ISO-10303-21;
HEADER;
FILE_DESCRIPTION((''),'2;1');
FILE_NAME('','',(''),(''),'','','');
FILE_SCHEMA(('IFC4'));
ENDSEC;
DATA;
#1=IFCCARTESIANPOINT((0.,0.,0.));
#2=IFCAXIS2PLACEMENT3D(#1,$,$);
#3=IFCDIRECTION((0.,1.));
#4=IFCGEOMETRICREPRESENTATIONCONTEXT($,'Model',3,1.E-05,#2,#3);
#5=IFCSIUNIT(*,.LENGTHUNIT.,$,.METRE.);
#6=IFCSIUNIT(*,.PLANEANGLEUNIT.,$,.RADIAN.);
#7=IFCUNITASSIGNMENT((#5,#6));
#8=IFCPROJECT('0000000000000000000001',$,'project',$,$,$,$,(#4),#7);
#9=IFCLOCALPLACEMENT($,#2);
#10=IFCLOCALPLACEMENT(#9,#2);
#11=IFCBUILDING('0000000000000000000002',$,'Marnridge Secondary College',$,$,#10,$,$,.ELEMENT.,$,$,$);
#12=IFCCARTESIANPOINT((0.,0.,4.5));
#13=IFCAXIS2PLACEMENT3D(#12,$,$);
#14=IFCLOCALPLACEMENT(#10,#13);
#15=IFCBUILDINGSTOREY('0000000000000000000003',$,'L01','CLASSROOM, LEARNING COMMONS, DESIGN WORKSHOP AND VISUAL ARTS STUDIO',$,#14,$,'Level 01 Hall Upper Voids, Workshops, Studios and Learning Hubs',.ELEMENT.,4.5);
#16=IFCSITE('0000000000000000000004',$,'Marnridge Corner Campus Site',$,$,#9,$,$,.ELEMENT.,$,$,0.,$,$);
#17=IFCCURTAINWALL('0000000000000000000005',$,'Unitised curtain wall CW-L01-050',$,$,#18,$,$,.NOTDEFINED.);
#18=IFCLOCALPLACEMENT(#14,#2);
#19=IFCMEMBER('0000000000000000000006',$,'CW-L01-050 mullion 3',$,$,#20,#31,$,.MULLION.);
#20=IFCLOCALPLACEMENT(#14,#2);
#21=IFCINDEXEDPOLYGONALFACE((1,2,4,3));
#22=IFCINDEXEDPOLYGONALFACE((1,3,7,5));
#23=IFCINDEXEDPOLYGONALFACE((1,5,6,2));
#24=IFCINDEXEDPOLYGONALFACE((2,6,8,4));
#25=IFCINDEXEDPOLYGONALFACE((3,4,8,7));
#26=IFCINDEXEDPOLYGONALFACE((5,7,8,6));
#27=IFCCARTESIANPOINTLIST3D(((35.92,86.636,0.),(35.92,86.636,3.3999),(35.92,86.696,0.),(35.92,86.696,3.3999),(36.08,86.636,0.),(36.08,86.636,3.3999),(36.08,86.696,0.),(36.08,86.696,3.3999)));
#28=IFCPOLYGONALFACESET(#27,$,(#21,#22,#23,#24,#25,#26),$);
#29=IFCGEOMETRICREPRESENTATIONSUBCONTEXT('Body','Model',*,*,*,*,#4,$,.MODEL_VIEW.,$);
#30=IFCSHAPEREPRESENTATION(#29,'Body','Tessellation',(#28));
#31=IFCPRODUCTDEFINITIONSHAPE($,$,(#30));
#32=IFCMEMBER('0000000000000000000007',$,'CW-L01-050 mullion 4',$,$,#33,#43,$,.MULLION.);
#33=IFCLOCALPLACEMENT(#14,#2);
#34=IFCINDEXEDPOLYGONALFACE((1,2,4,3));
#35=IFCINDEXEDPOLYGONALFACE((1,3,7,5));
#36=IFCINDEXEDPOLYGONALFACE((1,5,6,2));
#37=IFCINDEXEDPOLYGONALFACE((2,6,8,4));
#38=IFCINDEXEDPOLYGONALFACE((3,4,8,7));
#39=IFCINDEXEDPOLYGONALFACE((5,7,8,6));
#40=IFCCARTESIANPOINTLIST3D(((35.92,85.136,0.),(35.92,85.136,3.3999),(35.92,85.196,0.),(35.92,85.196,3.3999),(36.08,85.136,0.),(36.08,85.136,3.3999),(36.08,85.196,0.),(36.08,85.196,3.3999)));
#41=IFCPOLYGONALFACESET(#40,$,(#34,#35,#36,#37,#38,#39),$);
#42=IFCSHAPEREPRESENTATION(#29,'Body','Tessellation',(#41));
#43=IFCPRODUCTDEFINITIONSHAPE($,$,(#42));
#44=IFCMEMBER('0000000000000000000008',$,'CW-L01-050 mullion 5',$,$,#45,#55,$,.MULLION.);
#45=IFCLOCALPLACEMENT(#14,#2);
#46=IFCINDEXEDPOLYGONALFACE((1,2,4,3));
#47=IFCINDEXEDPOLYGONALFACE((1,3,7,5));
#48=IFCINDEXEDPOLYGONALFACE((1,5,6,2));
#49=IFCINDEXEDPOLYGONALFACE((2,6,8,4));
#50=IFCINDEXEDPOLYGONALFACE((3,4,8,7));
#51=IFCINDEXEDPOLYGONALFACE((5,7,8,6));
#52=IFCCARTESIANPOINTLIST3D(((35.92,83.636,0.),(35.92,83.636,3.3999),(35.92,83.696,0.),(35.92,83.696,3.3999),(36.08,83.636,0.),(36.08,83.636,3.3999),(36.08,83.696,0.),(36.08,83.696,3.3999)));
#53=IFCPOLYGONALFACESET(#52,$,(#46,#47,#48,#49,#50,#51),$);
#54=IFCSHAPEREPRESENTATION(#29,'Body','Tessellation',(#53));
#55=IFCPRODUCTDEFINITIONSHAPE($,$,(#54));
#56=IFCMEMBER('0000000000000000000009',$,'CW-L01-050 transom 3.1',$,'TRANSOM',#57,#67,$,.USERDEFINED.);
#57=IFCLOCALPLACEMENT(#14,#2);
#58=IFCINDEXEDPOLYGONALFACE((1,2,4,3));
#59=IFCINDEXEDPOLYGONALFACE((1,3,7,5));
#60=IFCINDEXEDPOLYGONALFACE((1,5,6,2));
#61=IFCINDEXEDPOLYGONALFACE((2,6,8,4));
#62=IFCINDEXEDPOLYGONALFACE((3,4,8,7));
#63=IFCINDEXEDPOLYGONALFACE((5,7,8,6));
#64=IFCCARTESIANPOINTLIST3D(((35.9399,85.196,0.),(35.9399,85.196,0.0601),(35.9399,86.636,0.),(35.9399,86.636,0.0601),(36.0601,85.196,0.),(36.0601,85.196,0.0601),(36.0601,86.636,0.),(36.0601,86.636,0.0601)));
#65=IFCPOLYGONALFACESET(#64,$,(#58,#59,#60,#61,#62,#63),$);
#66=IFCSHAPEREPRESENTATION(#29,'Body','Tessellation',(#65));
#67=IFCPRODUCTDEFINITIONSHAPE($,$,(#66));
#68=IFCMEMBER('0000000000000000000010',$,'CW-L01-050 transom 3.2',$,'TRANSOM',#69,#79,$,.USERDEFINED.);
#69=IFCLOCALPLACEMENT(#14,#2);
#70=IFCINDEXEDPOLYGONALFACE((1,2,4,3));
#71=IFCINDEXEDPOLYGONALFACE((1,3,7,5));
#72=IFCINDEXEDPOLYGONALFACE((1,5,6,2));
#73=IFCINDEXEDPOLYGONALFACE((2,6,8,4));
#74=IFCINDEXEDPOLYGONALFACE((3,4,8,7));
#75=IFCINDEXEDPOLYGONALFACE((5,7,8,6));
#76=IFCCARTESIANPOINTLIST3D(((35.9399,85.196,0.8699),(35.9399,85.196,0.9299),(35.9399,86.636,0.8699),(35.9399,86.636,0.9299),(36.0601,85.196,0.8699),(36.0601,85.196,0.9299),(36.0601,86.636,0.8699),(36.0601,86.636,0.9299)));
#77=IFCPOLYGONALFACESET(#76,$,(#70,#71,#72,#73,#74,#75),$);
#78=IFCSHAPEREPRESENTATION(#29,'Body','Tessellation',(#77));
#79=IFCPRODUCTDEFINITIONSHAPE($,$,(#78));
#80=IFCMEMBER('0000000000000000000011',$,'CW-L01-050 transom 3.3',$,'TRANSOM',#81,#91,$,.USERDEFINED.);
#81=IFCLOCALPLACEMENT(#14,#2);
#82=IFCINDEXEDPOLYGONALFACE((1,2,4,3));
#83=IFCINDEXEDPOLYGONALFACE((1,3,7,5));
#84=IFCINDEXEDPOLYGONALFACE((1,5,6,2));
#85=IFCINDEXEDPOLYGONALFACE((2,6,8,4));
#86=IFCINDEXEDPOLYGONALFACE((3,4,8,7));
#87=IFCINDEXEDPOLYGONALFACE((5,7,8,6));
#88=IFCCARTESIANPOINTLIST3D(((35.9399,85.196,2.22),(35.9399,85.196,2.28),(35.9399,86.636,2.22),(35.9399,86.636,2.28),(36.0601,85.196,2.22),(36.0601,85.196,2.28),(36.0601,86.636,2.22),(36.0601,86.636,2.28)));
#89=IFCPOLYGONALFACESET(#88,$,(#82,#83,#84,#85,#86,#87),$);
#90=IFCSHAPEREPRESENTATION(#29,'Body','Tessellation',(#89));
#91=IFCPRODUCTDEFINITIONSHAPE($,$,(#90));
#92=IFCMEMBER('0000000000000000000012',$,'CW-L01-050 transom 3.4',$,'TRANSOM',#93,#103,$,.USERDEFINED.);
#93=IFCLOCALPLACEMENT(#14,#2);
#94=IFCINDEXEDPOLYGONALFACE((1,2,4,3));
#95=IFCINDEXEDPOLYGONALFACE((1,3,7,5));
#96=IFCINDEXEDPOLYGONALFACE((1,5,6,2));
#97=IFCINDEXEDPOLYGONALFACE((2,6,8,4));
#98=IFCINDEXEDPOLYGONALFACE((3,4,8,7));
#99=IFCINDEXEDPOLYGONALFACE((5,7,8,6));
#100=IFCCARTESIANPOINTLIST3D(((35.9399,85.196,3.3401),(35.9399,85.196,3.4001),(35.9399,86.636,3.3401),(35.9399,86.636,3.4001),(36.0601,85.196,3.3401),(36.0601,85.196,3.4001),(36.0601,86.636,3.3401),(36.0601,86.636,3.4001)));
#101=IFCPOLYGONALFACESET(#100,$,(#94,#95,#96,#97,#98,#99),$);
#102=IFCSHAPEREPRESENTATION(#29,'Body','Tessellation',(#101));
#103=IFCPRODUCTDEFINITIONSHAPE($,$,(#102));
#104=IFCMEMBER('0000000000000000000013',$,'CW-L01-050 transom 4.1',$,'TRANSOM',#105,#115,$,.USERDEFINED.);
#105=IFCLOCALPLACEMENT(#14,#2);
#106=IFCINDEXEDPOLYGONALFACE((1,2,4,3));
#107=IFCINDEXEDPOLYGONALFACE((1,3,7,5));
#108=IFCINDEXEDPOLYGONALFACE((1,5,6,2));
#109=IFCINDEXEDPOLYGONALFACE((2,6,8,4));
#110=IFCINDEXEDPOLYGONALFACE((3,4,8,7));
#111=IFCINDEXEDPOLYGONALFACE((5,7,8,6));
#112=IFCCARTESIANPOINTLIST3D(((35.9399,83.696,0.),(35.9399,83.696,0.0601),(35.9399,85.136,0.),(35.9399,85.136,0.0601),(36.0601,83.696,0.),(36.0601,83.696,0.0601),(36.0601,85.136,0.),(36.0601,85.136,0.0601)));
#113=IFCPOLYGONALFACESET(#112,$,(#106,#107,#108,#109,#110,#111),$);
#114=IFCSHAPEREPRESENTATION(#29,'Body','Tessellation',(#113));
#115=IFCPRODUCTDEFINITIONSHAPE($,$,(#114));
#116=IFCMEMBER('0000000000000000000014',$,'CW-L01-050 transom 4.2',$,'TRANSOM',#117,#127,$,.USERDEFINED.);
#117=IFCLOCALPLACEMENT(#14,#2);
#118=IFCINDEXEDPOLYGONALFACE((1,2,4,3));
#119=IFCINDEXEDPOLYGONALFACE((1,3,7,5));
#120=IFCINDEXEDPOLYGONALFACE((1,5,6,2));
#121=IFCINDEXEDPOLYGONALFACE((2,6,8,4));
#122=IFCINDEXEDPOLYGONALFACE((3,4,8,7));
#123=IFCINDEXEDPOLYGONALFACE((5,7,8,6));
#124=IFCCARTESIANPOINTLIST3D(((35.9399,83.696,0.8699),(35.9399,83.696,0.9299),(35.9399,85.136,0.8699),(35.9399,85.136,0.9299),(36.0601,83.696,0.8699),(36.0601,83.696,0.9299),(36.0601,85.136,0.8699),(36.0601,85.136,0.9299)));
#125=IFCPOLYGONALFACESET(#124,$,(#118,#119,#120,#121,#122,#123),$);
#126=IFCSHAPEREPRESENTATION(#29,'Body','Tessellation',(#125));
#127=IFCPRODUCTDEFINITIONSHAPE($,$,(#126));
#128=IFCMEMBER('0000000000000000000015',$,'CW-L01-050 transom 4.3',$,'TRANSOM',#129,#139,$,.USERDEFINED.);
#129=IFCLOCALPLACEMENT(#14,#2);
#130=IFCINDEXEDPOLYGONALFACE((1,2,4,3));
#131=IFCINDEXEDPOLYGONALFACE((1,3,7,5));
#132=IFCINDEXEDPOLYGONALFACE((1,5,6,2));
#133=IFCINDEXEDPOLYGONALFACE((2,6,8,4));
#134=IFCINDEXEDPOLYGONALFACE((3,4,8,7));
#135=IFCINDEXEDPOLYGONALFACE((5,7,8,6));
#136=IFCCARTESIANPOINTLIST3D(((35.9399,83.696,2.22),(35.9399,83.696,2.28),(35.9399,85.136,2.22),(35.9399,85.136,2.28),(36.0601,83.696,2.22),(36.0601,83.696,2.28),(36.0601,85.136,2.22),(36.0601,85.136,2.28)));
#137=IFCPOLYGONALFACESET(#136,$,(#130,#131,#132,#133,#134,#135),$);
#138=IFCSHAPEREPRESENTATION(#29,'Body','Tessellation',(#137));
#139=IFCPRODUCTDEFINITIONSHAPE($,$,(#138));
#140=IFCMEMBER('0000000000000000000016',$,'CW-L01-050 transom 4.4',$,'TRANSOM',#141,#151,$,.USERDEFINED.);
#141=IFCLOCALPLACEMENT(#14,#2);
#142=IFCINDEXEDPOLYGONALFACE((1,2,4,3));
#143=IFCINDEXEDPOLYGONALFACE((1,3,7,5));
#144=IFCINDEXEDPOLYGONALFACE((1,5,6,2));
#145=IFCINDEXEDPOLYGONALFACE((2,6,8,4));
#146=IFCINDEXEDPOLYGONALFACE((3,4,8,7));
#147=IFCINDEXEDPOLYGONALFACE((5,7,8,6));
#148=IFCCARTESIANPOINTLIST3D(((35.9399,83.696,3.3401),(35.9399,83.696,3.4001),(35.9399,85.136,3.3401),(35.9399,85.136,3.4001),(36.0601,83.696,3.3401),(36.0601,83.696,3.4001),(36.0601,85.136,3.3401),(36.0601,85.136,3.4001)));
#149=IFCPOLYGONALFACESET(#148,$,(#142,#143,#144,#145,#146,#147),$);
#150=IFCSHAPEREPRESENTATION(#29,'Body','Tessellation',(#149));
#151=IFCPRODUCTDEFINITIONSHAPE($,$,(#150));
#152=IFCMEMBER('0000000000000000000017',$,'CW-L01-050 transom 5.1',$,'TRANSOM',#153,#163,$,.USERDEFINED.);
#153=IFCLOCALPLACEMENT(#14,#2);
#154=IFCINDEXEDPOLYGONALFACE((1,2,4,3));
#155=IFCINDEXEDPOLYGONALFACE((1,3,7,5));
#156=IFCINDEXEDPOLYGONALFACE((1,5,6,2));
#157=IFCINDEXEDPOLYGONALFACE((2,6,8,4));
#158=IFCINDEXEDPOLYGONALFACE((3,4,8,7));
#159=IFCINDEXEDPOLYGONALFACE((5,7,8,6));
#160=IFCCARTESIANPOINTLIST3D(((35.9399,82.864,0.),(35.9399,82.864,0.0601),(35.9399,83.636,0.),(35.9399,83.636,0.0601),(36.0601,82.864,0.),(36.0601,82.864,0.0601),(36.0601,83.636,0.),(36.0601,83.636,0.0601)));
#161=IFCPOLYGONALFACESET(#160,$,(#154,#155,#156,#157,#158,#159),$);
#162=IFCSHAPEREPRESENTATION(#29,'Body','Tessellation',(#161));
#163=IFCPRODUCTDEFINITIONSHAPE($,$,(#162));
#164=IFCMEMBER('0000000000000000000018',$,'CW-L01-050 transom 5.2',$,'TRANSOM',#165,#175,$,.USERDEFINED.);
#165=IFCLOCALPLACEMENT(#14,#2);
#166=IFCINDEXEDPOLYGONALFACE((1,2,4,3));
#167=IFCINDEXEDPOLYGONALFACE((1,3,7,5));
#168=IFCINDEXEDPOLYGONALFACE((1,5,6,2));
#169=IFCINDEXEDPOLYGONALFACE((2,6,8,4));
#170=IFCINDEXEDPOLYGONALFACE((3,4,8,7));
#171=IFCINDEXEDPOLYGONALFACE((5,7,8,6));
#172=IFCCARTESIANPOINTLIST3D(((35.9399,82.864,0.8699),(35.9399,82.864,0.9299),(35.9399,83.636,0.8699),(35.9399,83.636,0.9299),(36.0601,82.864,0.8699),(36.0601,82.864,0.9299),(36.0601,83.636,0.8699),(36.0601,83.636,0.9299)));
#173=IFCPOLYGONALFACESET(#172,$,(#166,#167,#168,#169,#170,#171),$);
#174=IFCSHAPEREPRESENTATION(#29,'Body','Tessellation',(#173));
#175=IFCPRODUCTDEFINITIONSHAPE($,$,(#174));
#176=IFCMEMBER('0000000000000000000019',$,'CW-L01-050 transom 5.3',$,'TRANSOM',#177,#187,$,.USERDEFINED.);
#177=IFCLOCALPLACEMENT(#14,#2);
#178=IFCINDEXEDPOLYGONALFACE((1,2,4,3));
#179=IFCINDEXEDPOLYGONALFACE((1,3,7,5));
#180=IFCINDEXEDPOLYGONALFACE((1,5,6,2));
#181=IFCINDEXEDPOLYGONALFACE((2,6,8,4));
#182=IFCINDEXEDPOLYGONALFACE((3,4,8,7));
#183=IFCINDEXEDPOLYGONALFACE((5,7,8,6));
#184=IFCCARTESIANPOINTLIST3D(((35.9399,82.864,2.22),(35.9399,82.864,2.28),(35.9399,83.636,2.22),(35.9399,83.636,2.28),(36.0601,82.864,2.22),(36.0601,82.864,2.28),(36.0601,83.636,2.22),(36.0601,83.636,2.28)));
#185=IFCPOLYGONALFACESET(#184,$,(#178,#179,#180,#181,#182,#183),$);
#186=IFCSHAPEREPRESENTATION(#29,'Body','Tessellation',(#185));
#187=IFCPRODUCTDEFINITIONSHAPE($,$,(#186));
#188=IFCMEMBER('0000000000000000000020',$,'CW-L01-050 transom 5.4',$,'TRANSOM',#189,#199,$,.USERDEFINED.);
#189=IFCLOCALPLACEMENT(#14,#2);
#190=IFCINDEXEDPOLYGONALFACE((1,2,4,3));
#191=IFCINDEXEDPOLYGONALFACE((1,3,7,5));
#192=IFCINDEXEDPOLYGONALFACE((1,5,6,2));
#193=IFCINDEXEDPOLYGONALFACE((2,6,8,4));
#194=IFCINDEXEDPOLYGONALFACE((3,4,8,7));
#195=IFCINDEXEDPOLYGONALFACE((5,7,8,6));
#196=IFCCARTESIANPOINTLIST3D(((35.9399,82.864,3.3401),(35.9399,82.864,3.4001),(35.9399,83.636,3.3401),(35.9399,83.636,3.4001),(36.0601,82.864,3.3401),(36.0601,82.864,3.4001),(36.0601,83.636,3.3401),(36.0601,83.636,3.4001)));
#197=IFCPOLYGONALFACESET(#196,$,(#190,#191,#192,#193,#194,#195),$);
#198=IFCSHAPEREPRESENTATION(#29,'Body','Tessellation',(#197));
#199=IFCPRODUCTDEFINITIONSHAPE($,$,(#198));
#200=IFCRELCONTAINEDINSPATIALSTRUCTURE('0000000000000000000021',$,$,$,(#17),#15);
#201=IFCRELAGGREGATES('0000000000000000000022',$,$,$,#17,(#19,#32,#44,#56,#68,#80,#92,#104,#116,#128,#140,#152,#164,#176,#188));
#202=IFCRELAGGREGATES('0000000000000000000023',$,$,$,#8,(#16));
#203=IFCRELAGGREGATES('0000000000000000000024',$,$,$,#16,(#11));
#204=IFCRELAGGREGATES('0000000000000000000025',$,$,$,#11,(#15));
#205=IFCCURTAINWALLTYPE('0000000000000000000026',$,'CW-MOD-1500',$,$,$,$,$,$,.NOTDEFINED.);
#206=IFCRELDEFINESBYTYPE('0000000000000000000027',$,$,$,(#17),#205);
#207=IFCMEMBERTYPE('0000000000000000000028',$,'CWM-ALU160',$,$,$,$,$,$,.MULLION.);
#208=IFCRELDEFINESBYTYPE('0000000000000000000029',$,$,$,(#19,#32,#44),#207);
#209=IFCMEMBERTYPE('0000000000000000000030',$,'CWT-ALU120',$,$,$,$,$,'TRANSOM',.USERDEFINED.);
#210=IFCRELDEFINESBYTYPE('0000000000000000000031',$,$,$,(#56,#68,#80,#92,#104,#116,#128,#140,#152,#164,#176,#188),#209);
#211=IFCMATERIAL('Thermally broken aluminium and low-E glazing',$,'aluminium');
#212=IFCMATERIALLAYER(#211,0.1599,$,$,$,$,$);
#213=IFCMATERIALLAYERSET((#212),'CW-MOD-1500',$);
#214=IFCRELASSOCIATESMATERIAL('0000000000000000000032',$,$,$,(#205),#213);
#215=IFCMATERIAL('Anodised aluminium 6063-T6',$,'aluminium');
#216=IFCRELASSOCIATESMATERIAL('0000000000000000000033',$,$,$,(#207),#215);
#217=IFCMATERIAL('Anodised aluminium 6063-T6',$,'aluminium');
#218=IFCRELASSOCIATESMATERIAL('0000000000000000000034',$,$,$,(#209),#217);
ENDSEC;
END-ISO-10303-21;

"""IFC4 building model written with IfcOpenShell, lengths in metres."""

from ifc_helpers import new_model, si_unit, direction, frame, origin, origin_2d, place, context, subcontext, project, spatial, rectangle, extrude, material, layer, layer_set, material_profile, profile_set, type_object, element, aggregate, save


model = new_model("IFC4")

# Units and contexts
model_context = context("Model", 3, precision=1e-05, world=origin(), true_north=direction((0.0, 1.0)))
body_context = subcontext(model_context, "Body", "Model", "MODEL_VIEW")
ifc_project = project(units=[si_unit("LENGTHUNIT", "METRE"), si_unit("PLANEANGLEUNIT", "RADIAN")], contexts=[model_context])

# Site, building, storey
site_placement = place(None, origin())
site = spatial("IfcSite", under=ifc_project, at=site_placement, Name="Marnridge Corner Campus Site", CompositionType="ELEMENT", RefElevation=0.0)
building_placement = place(site_placement, origin())
building = spatial("IfcBuilding", under=site, at=building_placement, Name="Marnridge Secondary College", CompositionType="ELEMENT")
storey_placement = place(building_placement, frame((0.0, 0.0, 4.5)))
storey = spatial("IfcBuildingStorey", under=building, at=storey_placement, Name="L01", Description="CLASSROOM, LEARNING COMMONS, DESIGN WORKSHOP AND VISUAL ARTS STUDIO", LongName="Level 01 Hall Upper Voids, Workshops, Studios and Learning Hubs", CompositionType="ELEMENT", Elevation=4.5)

# Curtain wall, members
ifc_material_1 = material(Name="Thermally broken aluminium and low-E glazing", Category="aluminium")
ifc_layer_1 = layer(ifc_material_1, 0.1599)
ifc_layer_set_1 = layer_set([ifc_layer_1], Name="CW-MOD-1500")
curtain_wall_type = type_object("IfcCurtainWallType", Name="CW-MOD-1500", PredefinedType="NOTDEFINED", material=ifc_layer_set_1)
curtain_wall_placement = place(storey_placement, origin())
curtain_wall = element("IfcCurtainWall", 1, at=curtain_wall_placement, inside=storey, type_object=curtain_wall_type, Name="Unitised curtain wall CW-L01-050", PredefinedType="NOTDEFINED")
ifc_material_2 = material(Name="Anodised aluminium 6063-T6", Category="aluminium")
ifc_material_profile_1 = material_profile(ifc_material_2, rectangle(XDim=0.0601, YDim=0.1599, at=origin_2d()), Name="ALU 60x160")
ifc_profile_set_1 = profile_set([ifc_material_profile_1], Name="Anodised aluminium 6063-T6")
member_type_1 = type_object("IfcMemberType", Name="CWM-ALU160", PredefinedType="MULLION", material=ifc_profile_set_1)
member_1_placement = place(storey_placement, frame((36.0, 86.666, 0.0), z_axis=(0.0, 0.0, 1.0), x_axis=(0.0, -1.0, 0.0)))
member_1 = element("IfcMember", 2, at=member_1_placement, type_object=member_type_1, Name="CW-L01-050 mullion 3", PredefinedType="MULLION", context=body_context, shape_type="SweptSolid", body=[
    extrude(rectangle(XDim=0.0601, YDim=0.1599, at=origin_2d()), origin(), (0.0, 0.0, 1.0), 3.3999),
])
member_2_placement = place(storey_placement, frame((36.0, 85.166, 0.0), z_axis=(0.0, 0.0, 1.0), x_axis=(0.0, -1.0, 0.0)))
member_2 = element("IfcMember", 3, at=member_2_placement, type_object=member_type_1, Name="CW-L01-050 mullion 4", PredefinedType="MULLION", context=body_context, shape_type="SweptSolid", body=[
    extrude(rectangle(XDim=0.0601, YDim=0.1599, at=origin_2d()), origin(), (0.0, 0.0, 1.0), 3.3999),
])
member_3_placement = place(storey_placement, frame((36.0, 83.666, 0.0), z_axis=(0.0, 0.0, 1.0), x_axis=(0.0, -1.0, 0.0)))
member_3 = element("IfcMember", 4, at=member_3_placement, type_object=member_type_1, Name="CW-L01-050 mullion 5", PredefinedType="MULLION", context=body_context, shape_type="SweptSolid", body=[
    extrude(rectangle(XDim=0.0601, YDim=0.1599, at=origin_2d()), origin(), (0.0, 0.0, 1.0), 3.3999),
])
ifc_material_3 = material(Name="Anodised aluminium 6063-T6", Category="aluminium")
ifc_material_profile_2 = material_profile(ifc_material_3, rectangle(XDim=0.0601, YDim=0.1201, at=origin_2d()), Name="ALU 60x120")
ifc_profile_set_2 = profile_set([ifc_material_profile_2], Name="Anodised aluminium 6063-T6")
member_type_2 = type_object("IfcMemberType", Name="CWT-ALU120", ElementType="TRANSOM", PredefinedType="USERDEFINED", material=ifc_profile_set_2)
member_4_placement = place(storey_placement, frame((36.0, 86.636, 0.03), z_axis=(0.0, -1.0, 0.0), x_axis=(0.0, 0.0, 1.0)))
member_4 = element("IfcMember", 5, at=member_4_placement, type_object=member_type_2, Name="CW-L01-050 transom 3.1", ObjectType="TRANSOM", PredefinedType="USERDEFINED", context=body_context, shape_type="SweptSolid", body=[
    extrude(rectangle(XDim=0.0601, YDim=0.1201, at=origin_2d()), origin(), (0.0, 0.0, 1.0), 1.4399),
])
member_5_placement = place(storey_placement, frame((36.0, 86.636, 0.8999), z_axis=(0.0, -1.0, 0.0), x_axis=(0.0, 0.0, 1.0)))
member_5 = element("IfcMember", 6, at=member_5_placement, type_object=member_type_2, Name="CW-L01-050 transom 3.2", ObjectType="TRANSOM", PredefinedType="USERDEFINED", context=body_context, shape_type="SweptSolid", body=[
    extrude(rectangle(XDim=0.0601, YDim=0.1201, at=origin_2d()), origin(), (0.0, 0.0, 1.0), 1.4399),
])
member_6_placement = place(storey_placement, frame((36.0, 86.636, 2.25), z_axis=(0.0, -1.0, 0.0), x_axis=(0.0, 0.0, 1.0)))
member_6 = element("IfcMember", 7, at=member_6_placement, type_object=member_type_2, Name="CW-L01-050 transom 3.3", ObjectType="TRANSOM", PredefinedType="USERDEFINED", context=body_context, shape_type="SweptSolid", body=[
    extrude(rectangle(XDim=0.0601, YDim=0.1201, at=origin_2d()), origin(), (0.0, 0.0, 1.0), 1.4399),
])
member_7_placement = place(storey_placement, frame((36.0, 86.636, 3.3701), z_axis=(0.0, -1.0, 0.0), x_axis=(0.0, 0.0, 1.0)))
member_7 = element("IfcMember", 8, at=member_7_placement, type_object=member_type_2, Name="CW-L01-050 transom 3.4", ObjectType="TRANSOM", PredefinedType="USERDEFINED", context=body_context, shape_type="SweptSolid", body=[
    extrude(rectangle(XDim=0.0601, YDim=0.1201, at=origin_2d()), origin(), (0.0, 0.0, 1.0), 1.4399),
])
member_8_placement = place(storey_placement, frame((36.0, 85.136, 0.03), z_axis=(0.0, -1.0, 0.0), x_axis=(0.0, 0.0, 1.0)))
member_8 = element("IfcMember", 9, at=member_8_placement, type_object=member_type_2, Name="CW-L01-050 transom 4.1", ObjectType="TRANSOM", PredefinedType="USERDEFINED", context=body_context, shape_type="SweptSolid", body=[
    extrude(rectangle(XDim=0.0601, YDim=0.1201, at=origin_2d()), origin(), (0.0, 0.0, 1.0), 1.4399),
])
member_9_placement = place(storey_placement, frame((36.0, 85.136, 0.8999), z_axis=(0.0, -1.0, 0.0), x_axis=(0.0, 0.0, 1.0)))
member_9 = element("IfcMember", 10, at=member_9_placement, type_object=member_type_2, Name="CW-L01-050 transom 4.2", ObjectType="TRANSOM", PredefinedType="USERDEFINED", context=body_context, shape_type="SweptSolid", body=[
    extrude(rectangle(XDim=0.0601, YDim=0.1201, at=origin_2d()), origin(), (0.0, 0.0, 1.0), 1.4399),
])
member_10_placement = place(storey_placement, frame((36.0, 85.136, 2.25), z_axis=(0.0, -1.0, 0.0), x_axis=(0.0, 0.0, 1.0)))
member_10 = element("IfcMember", 11, at=member_10_placement, type_object=member_type_2, Name="CW-L01-050 transom 4.3", ObjectType="TRANSOM", PredefinedType="USERDEFINED", context=body_context, shape_type="SweptSolid", body=[
    extrude(rectangle(XDim=0.0601, YDim=0.1201, at=origin_2d()), origin(), (0.0, 0.0, 1.0), 1.4399),
])
member_11_placement = place(storey_placement, frame((36.0, 85.136, 3.3701), z_axis=(0.0, -1.0, 0.0), x_axis=(0.0, 0.0, 1.0)))
member_11 = element("IfcMember", 12, at=member_11_placement, type_object=member_type_2, Name="CW-L01-050 transom 4.4", ObjectType="TRANSOM", PredefinedType="USERDEFINED", context=body_context, shape_type="SweptSolid", body=[
    extrude(rectangle(XDim=0.0601, YDim=0.1201, at=origin_2d()), origin(), (0.0, 0.0, 1.0), 1.4399),
])
member_12_placement = place(storey_placement, frame((36.0, 83.636, 0.03), z_axis=(0.0, -1.0, 0.0), x_axis=(0.0, 0.0, 1.0)))
member_12 = element("IfcMember", 13, at=member_12_placement, type_object=member_type_2, Name="CW-L01-050 transom 5.1", ObjectType="TRANSOM", PredefinedType="USERDEFINED", context=body_context, shape_type="SweptSolid", body=[
    extrude(rectangle(XDim=0.0601, YDim=0.1201, at=origin_2d()), origin(), (0.0, 0.0, 1.0), 0.772),
])
member_13_placement = place(storey_placement, frame((36.0, 83.636, 0.8999), z_axis=(0.0, -1.0, 0.0), x_axis=(0.0, 0.0, 1.0)))
member_13 = element("IfcMember", 14, at=member_13_placement, type_object=member_type_2, Name="CW-L01-050 transom 5.2", ObjectType="TRANSOM", PredefinedType="USERDEFINED", context=body_context, shape_type="SweptSolid", body=[
    extrude(rectangle(XDim=0.0601, YDim=0.1201, at=origin_2d()), origin(), (0.0, 0.0, 1.0), 0.772),
])
member_14_placement = place(storey_placement, frame((36.0, 83.636, 2.25), z_axis=(0.0, -1.0, 0.0), x_axis=(0.0, 0.0, 1.0)))
member_14 = element("IfcMember", 15, at=member_14_placement, type_object=member_type_2, Name="CW-L01-050 transom 5.3", ObjectType="TRANSOM", PredefinedType="USERDEFINED", context=body_context, shape_type="SweptSolid", body=[
    extrude(rectangle(XDim=0.0601, YDim=0.1201, at=origin_2d()), origin(), (0.0, 0.0, 1.0), 0.772),
])
member_15_placement = place(storey_placement, frame((36.0, 83.636, 3.3701), z_axis=(0.0, -1.0, 0.0), x_axis=(0.0, 0.0, 1.0)))
member_15 = element("IfcMember", 16, at=member_15_placement, type_object=member_type_2, Name="CW-L01-050 transom 5.4", ObjectType="TRANSOM", PredefinedType="USERDEFINED", context=body_context, shape_type="SweptSolid", body=[
    extrude(rectangle(XDim=0.0601, YDim=0.1201, at=origin_2d()), origin(), (0.0, 0.0, 1.0), 0.772),
])
aggregate(curtain_wall, [member_1, member_2, member_3, member_4, member_5, member_6, member_7, member_8, member_9, member_10, member_11, member_12, member_13, member_14, member_15])

save(model, "model.ifc")
